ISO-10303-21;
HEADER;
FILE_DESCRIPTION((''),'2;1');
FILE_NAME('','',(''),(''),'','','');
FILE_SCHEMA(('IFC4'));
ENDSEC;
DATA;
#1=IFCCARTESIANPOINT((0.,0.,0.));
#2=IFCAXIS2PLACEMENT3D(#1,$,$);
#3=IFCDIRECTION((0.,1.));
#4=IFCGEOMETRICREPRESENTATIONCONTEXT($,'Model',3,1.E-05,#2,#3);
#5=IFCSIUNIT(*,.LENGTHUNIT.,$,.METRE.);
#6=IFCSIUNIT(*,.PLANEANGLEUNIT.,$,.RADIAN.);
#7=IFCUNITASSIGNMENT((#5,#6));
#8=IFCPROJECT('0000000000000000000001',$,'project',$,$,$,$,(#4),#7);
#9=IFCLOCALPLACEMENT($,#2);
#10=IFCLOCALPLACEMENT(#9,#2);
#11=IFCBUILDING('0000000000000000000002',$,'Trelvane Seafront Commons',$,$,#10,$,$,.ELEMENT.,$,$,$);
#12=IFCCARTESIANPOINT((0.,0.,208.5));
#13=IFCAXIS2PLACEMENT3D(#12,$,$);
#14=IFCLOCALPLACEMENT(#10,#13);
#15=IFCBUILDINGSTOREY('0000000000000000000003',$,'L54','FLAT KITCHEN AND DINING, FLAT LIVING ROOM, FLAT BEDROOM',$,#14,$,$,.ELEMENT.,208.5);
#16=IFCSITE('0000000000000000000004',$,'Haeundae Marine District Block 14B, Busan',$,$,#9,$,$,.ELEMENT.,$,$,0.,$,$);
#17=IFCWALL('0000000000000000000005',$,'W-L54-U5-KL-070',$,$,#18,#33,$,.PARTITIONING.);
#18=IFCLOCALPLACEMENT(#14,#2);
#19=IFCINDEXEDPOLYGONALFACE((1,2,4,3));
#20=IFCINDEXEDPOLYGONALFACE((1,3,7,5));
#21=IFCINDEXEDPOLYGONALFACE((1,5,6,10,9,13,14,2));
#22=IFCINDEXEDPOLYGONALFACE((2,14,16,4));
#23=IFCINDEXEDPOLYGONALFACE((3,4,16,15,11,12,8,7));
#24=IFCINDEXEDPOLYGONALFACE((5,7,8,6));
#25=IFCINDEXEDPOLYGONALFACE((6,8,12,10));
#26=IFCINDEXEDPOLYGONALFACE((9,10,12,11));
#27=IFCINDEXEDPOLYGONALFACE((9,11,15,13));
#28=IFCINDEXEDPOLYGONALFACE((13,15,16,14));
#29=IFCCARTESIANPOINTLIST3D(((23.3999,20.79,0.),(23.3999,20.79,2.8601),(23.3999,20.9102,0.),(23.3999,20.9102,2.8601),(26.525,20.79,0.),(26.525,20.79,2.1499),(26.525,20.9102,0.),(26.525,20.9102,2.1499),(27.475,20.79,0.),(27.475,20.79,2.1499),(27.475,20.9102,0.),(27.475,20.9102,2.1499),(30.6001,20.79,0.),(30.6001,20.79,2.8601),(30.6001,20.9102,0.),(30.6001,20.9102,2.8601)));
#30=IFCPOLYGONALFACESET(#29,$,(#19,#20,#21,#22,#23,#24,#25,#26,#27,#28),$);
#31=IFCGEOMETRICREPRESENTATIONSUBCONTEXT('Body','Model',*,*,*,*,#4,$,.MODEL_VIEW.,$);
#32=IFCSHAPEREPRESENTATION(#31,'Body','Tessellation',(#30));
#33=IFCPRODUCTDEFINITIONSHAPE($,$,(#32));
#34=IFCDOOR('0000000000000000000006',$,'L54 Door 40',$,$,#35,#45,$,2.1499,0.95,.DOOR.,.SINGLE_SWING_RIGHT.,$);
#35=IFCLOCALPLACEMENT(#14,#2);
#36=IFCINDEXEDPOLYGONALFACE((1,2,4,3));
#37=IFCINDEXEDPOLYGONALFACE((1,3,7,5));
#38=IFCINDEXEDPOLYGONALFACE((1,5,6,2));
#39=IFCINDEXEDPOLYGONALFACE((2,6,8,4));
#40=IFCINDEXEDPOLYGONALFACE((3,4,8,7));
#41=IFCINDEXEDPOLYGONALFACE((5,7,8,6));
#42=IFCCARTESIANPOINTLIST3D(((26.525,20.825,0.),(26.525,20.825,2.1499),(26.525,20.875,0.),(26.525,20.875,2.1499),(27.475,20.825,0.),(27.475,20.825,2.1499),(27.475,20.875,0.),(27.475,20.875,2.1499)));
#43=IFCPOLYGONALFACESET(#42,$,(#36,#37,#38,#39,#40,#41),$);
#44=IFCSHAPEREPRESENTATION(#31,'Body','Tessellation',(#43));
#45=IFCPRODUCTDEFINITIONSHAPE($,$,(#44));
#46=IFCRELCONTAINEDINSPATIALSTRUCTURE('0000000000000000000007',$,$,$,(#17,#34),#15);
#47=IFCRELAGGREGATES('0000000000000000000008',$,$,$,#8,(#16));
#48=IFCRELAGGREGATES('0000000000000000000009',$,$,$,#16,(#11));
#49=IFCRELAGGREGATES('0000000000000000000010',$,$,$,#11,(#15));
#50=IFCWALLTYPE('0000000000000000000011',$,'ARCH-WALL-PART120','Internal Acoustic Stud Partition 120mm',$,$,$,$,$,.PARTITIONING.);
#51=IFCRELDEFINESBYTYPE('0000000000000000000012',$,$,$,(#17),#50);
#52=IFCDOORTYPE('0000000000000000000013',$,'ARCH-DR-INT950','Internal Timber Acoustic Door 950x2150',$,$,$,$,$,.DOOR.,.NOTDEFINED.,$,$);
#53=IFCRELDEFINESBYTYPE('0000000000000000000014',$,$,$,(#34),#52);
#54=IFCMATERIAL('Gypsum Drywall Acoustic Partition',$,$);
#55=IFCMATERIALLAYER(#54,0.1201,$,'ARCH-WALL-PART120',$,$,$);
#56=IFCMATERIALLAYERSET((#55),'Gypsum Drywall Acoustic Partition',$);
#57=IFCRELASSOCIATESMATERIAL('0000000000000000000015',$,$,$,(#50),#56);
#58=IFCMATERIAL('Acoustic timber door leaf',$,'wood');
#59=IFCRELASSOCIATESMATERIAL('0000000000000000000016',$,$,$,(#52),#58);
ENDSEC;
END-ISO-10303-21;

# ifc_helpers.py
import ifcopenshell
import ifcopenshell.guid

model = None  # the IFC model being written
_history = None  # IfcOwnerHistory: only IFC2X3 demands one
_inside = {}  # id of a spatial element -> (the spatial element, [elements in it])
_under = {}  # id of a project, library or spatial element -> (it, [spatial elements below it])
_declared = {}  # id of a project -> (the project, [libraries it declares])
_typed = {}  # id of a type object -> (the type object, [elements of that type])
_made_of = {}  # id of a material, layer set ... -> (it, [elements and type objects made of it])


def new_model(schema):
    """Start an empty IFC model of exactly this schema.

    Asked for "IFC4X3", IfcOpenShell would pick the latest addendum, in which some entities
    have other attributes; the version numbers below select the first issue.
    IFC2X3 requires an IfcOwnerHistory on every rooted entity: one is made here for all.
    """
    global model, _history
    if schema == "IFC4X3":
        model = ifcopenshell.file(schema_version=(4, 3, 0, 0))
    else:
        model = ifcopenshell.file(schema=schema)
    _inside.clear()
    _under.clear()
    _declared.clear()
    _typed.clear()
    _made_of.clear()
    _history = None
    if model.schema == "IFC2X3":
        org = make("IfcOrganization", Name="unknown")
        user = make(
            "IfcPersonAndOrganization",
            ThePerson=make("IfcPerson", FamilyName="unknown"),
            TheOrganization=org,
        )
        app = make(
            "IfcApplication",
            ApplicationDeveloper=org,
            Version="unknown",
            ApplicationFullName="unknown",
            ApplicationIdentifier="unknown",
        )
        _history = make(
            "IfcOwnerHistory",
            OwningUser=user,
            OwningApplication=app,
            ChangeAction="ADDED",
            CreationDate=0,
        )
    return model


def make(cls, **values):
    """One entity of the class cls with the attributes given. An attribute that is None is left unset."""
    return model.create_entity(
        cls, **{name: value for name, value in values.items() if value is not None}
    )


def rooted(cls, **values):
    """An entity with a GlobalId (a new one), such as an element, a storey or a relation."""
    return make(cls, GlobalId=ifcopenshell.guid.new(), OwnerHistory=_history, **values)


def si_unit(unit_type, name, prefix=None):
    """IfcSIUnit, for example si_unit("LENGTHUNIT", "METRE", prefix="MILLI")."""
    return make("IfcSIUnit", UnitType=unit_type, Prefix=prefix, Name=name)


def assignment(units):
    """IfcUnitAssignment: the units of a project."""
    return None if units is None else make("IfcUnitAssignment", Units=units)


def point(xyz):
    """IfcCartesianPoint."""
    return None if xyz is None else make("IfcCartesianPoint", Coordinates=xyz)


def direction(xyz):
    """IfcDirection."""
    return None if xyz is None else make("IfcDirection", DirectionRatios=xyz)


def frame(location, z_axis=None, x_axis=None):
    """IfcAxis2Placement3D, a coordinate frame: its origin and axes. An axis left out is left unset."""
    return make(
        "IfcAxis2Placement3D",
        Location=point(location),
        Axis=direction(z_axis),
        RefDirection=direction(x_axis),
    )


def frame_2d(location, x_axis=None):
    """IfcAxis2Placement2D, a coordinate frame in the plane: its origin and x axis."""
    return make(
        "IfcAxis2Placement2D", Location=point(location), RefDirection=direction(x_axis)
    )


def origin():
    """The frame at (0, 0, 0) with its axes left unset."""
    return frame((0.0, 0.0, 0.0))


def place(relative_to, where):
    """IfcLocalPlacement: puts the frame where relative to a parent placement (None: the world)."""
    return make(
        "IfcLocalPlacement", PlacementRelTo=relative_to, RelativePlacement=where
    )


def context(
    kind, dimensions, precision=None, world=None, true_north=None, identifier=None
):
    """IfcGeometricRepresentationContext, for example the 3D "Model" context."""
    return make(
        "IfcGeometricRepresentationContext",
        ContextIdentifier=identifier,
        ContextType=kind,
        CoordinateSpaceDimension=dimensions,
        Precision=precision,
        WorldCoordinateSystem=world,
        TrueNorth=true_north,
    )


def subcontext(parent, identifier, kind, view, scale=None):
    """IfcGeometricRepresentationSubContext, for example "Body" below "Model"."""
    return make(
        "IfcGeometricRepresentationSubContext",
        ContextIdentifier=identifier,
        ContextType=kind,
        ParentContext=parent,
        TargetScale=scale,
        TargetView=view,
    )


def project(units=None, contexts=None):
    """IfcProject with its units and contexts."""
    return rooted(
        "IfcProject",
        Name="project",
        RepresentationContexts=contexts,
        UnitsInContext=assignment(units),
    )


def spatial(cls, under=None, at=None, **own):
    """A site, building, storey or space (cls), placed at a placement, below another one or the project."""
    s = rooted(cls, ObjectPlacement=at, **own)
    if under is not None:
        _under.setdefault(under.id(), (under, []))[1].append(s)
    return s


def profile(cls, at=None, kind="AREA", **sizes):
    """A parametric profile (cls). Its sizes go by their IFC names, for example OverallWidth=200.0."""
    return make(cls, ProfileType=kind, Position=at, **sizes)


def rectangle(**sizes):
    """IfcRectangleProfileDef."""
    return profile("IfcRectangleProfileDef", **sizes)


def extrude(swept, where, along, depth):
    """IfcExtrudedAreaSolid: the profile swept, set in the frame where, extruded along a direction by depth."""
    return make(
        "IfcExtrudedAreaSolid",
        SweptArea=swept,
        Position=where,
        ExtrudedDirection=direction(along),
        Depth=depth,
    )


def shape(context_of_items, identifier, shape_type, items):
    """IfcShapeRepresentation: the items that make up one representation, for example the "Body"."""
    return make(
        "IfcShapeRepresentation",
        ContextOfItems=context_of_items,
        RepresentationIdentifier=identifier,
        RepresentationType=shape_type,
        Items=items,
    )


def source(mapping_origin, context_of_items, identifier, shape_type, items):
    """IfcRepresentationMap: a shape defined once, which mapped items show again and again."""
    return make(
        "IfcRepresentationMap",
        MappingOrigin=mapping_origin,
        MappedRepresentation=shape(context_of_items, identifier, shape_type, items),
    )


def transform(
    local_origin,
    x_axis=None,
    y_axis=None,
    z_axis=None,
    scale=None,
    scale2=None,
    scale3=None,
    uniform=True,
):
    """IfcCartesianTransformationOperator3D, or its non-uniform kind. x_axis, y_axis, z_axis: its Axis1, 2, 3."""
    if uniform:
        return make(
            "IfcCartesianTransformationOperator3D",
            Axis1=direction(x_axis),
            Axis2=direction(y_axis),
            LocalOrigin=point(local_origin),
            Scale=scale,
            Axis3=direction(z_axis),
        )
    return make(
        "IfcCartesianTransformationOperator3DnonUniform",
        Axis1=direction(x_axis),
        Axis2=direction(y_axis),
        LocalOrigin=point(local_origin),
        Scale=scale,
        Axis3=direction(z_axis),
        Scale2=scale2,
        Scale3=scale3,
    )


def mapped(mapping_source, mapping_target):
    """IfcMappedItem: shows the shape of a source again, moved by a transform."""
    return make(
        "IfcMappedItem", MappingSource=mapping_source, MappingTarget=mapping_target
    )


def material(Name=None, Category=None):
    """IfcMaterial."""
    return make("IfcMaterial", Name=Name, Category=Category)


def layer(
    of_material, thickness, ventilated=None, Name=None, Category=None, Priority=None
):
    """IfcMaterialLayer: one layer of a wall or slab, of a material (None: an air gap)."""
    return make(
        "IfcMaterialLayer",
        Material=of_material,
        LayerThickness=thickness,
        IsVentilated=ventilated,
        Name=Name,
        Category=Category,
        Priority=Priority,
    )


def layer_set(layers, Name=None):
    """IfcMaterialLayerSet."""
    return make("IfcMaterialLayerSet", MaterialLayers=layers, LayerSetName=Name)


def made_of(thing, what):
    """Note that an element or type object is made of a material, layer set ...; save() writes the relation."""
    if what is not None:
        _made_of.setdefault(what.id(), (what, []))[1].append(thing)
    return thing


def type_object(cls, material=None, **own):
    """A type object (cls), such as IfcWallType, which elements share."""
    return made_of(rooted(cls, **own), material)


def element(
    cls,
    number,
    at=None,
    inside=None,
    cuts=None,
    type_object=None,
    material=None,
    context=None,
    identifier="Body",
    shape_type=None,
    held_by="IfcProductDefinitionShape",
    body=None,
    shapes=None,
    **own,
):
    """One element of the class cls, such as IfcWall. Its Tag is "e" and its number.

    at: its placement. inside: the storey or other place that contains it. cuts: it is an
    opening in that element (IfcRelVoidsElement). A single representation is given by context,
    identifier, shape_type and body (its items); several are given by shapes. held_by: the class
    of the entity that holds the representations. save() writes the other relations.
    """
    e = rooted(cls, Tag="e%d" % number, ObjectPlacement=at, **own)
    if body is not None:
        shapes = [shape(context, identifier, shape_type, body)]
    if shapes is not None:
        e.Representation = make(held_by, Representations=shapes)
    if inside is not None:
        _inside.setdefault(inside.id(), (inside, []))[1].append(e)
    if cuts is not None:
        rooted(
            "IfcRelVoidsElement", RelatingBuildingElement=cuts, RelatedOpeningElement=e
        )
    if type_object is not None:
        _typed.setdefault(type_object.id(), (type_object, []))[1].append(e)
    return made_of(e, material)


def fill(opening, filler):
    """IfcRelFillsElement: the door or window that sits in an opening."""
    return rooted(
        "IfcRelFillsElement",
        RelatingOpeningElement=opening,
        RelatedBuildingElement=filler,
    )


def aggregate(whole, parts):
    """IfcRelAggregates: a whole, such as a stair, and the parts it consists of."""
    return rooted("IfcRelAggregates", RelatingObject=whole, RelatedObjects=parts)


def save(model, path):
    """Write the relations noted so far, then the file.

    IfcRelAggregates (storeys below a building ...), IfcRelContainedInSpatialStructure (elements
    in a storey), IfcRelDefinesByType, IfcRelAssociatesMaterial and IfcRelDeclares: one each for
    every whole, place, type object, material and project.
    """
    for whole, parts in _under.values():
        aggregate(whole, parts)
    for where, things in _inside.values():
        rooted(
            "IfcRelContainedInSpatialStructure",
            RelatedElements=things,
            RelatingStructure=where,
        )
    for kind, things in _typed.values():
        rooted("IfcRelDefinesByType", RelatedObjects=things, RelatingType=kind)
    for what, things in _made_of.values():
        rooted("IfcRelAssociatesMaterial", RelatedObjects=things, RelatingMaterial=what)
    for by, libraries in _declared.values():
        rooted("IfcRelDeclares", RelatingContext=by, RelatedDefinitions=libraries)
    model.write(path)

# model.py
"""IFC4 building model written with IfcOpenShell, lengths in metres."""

from ifc_helpers import new_model, si_unit, direction, frame, frame_2d, origin, place, context, subcontext, project, spatial, rectangle, extrude, source, transform, mapped, material, layer, layer_set, type_object, element, fill, save


model = new_model("IFC4")

# Units and contexts
model_context = context("Model", 3, precision=1e-05, world=origin(), true_north=direction((0.0, 1.0)))
body_context = subcontext(model_context, "Body", "Model", "MODEL_VIEW")
ifc_project = project(units=[si_unit("LENGTHUNIT", "METRE"), si_unit("PLANEANGLEUNIT", "RADIAN")], contexts=[model_context])

# Site, building, storey
site_placement = place(None, origin())
site = spatial("IfcSite", under=ifc_project, at=site_placement, Name="Haeundae Marine District Block 14B, Busan", CompositionType="ELEMENT", RefElevation=0.0)
building_placement = place(site_placement, origin())
building = spatial("IfcBuilding", under=site, at=building_placement, Name="Trelvane Seafront Commons", CompositionType="ELEMENT")
storey_placement = place(building_placement, frame((0.0, 0.0, 208.5)))
storey = spatial("IfcBuildingStorey", under=building, at=storey_placement, Name="L54", Description="FLAT KITCHEN AND DINING, FLAT LIVING ROOM, FLAT BEDROOM", CompositionType="ELEMENT", Elevation=208.5)

# Wall, opening, door
ifc_material_1 = material(Name="Gypsum Drywall Acoustic Partition")
ifc_layer = layer(ifc_material_1, 0.1201, Name="ARCH-WALL-PART120")
ifc_layer_set = layer_set([ifc_layer], Name="Gypsum Drywall Acoustic Partition")
wall_type = type_object("IfcWallType", Name="ARCH-WALL-PART120", Description="Internal Acoustic Stud Partition 120mm", PredefinedType="PARTITIONING", material=ifc_layer_set)
ifc_material_2 = material(Name="Acoustic timber door leaf", Category="wood")
door_type = type_object("IfcDoorType", Name="ARCH-DR-INT950", Description="Internal Timber Acoustic Door 950x2150", OperationType="NOTDEFINED", PredefinedType="DOOR", material=ifc_material_2)
shared_shape_1 = source(origin(), body_context, "Body", "SweptSolid", [
    extrude(rectangle(XDim=0.95, YDim=2.1499, at=frame_2d((0.4751, 1.075))), frame((0.0, 0.0249, 0.0), z_axis=(0.0, -1.0, 0.0), x_axis=(1.0, 0.0, 0.0)), (0.0, 0.0, 1.0), 0.05),
])
wall_1_placement = place(storey_placement, frame((23.3999, 20.8501, 0.0), z_axis=(0.0, 0.0, 1.0), x_axis=(1.0, 0.0, 0.0)))
wall_1 = element("IfcWall", 1, at=wall_1_placement, inside=storey, type_object=wall_type, Name="W-L54-U5-KL-070", PredefinedType="PARTITIONING", context=body_context, shape_type="SweptSolid", body=[
    extrude(rectangle(XDim=7.2002, YDim=0.1201, at=frame_2d((3.6001, 0.0))), origin(), (0.0, 0.0, 1.0), 2.8601),
])
opening_1_placement = place(wall_1_placement, frame((3.125, 0.0, 0.0)))
opening_1 = element("IfcOpeningElement", 2, at=opening_1_placement, cuts=wall_1, PredefinedType="OPENING", context=body_context, shape_type="SweptSolid", body=[
    extrude(rectangle(XDim=0.95, YDim=2.1499, at=frame_2d((0.4751, 1.075))), frame((0.0, 0.0701, 0.0), z_axis=(0.0, -1.0, 0.0), x_axis=(1.0, 0.0, 0.0)), (0.0, 0.0, 1.0), 0.1401),
])
door_1_placement = place(opening_1_placement, origin())
door_1 = element("IfcDoor", 3, at=door_1_placement, inside=storey, type_object=door_type, Name="L54 Door 40", OperationType="SINGLE_SWING_RIGHT", OverallHeight=2.1499, OverallWidth=0.95, PredefinedType="DOOR", context=body_context, shape_type="MappedRepresentation", body=[
    mapped(shared_shape_1, transform((0.0, 0.0, 0.0), x_axis=(1.0, 0.0, 0.0), y_axis=(0.0, 1.0, 0.0), z_axis=(0.0, 0.0, 1.0), scale=1.0)),
])
fill(opening_1, door_1)

save(model, "model.ifc")
